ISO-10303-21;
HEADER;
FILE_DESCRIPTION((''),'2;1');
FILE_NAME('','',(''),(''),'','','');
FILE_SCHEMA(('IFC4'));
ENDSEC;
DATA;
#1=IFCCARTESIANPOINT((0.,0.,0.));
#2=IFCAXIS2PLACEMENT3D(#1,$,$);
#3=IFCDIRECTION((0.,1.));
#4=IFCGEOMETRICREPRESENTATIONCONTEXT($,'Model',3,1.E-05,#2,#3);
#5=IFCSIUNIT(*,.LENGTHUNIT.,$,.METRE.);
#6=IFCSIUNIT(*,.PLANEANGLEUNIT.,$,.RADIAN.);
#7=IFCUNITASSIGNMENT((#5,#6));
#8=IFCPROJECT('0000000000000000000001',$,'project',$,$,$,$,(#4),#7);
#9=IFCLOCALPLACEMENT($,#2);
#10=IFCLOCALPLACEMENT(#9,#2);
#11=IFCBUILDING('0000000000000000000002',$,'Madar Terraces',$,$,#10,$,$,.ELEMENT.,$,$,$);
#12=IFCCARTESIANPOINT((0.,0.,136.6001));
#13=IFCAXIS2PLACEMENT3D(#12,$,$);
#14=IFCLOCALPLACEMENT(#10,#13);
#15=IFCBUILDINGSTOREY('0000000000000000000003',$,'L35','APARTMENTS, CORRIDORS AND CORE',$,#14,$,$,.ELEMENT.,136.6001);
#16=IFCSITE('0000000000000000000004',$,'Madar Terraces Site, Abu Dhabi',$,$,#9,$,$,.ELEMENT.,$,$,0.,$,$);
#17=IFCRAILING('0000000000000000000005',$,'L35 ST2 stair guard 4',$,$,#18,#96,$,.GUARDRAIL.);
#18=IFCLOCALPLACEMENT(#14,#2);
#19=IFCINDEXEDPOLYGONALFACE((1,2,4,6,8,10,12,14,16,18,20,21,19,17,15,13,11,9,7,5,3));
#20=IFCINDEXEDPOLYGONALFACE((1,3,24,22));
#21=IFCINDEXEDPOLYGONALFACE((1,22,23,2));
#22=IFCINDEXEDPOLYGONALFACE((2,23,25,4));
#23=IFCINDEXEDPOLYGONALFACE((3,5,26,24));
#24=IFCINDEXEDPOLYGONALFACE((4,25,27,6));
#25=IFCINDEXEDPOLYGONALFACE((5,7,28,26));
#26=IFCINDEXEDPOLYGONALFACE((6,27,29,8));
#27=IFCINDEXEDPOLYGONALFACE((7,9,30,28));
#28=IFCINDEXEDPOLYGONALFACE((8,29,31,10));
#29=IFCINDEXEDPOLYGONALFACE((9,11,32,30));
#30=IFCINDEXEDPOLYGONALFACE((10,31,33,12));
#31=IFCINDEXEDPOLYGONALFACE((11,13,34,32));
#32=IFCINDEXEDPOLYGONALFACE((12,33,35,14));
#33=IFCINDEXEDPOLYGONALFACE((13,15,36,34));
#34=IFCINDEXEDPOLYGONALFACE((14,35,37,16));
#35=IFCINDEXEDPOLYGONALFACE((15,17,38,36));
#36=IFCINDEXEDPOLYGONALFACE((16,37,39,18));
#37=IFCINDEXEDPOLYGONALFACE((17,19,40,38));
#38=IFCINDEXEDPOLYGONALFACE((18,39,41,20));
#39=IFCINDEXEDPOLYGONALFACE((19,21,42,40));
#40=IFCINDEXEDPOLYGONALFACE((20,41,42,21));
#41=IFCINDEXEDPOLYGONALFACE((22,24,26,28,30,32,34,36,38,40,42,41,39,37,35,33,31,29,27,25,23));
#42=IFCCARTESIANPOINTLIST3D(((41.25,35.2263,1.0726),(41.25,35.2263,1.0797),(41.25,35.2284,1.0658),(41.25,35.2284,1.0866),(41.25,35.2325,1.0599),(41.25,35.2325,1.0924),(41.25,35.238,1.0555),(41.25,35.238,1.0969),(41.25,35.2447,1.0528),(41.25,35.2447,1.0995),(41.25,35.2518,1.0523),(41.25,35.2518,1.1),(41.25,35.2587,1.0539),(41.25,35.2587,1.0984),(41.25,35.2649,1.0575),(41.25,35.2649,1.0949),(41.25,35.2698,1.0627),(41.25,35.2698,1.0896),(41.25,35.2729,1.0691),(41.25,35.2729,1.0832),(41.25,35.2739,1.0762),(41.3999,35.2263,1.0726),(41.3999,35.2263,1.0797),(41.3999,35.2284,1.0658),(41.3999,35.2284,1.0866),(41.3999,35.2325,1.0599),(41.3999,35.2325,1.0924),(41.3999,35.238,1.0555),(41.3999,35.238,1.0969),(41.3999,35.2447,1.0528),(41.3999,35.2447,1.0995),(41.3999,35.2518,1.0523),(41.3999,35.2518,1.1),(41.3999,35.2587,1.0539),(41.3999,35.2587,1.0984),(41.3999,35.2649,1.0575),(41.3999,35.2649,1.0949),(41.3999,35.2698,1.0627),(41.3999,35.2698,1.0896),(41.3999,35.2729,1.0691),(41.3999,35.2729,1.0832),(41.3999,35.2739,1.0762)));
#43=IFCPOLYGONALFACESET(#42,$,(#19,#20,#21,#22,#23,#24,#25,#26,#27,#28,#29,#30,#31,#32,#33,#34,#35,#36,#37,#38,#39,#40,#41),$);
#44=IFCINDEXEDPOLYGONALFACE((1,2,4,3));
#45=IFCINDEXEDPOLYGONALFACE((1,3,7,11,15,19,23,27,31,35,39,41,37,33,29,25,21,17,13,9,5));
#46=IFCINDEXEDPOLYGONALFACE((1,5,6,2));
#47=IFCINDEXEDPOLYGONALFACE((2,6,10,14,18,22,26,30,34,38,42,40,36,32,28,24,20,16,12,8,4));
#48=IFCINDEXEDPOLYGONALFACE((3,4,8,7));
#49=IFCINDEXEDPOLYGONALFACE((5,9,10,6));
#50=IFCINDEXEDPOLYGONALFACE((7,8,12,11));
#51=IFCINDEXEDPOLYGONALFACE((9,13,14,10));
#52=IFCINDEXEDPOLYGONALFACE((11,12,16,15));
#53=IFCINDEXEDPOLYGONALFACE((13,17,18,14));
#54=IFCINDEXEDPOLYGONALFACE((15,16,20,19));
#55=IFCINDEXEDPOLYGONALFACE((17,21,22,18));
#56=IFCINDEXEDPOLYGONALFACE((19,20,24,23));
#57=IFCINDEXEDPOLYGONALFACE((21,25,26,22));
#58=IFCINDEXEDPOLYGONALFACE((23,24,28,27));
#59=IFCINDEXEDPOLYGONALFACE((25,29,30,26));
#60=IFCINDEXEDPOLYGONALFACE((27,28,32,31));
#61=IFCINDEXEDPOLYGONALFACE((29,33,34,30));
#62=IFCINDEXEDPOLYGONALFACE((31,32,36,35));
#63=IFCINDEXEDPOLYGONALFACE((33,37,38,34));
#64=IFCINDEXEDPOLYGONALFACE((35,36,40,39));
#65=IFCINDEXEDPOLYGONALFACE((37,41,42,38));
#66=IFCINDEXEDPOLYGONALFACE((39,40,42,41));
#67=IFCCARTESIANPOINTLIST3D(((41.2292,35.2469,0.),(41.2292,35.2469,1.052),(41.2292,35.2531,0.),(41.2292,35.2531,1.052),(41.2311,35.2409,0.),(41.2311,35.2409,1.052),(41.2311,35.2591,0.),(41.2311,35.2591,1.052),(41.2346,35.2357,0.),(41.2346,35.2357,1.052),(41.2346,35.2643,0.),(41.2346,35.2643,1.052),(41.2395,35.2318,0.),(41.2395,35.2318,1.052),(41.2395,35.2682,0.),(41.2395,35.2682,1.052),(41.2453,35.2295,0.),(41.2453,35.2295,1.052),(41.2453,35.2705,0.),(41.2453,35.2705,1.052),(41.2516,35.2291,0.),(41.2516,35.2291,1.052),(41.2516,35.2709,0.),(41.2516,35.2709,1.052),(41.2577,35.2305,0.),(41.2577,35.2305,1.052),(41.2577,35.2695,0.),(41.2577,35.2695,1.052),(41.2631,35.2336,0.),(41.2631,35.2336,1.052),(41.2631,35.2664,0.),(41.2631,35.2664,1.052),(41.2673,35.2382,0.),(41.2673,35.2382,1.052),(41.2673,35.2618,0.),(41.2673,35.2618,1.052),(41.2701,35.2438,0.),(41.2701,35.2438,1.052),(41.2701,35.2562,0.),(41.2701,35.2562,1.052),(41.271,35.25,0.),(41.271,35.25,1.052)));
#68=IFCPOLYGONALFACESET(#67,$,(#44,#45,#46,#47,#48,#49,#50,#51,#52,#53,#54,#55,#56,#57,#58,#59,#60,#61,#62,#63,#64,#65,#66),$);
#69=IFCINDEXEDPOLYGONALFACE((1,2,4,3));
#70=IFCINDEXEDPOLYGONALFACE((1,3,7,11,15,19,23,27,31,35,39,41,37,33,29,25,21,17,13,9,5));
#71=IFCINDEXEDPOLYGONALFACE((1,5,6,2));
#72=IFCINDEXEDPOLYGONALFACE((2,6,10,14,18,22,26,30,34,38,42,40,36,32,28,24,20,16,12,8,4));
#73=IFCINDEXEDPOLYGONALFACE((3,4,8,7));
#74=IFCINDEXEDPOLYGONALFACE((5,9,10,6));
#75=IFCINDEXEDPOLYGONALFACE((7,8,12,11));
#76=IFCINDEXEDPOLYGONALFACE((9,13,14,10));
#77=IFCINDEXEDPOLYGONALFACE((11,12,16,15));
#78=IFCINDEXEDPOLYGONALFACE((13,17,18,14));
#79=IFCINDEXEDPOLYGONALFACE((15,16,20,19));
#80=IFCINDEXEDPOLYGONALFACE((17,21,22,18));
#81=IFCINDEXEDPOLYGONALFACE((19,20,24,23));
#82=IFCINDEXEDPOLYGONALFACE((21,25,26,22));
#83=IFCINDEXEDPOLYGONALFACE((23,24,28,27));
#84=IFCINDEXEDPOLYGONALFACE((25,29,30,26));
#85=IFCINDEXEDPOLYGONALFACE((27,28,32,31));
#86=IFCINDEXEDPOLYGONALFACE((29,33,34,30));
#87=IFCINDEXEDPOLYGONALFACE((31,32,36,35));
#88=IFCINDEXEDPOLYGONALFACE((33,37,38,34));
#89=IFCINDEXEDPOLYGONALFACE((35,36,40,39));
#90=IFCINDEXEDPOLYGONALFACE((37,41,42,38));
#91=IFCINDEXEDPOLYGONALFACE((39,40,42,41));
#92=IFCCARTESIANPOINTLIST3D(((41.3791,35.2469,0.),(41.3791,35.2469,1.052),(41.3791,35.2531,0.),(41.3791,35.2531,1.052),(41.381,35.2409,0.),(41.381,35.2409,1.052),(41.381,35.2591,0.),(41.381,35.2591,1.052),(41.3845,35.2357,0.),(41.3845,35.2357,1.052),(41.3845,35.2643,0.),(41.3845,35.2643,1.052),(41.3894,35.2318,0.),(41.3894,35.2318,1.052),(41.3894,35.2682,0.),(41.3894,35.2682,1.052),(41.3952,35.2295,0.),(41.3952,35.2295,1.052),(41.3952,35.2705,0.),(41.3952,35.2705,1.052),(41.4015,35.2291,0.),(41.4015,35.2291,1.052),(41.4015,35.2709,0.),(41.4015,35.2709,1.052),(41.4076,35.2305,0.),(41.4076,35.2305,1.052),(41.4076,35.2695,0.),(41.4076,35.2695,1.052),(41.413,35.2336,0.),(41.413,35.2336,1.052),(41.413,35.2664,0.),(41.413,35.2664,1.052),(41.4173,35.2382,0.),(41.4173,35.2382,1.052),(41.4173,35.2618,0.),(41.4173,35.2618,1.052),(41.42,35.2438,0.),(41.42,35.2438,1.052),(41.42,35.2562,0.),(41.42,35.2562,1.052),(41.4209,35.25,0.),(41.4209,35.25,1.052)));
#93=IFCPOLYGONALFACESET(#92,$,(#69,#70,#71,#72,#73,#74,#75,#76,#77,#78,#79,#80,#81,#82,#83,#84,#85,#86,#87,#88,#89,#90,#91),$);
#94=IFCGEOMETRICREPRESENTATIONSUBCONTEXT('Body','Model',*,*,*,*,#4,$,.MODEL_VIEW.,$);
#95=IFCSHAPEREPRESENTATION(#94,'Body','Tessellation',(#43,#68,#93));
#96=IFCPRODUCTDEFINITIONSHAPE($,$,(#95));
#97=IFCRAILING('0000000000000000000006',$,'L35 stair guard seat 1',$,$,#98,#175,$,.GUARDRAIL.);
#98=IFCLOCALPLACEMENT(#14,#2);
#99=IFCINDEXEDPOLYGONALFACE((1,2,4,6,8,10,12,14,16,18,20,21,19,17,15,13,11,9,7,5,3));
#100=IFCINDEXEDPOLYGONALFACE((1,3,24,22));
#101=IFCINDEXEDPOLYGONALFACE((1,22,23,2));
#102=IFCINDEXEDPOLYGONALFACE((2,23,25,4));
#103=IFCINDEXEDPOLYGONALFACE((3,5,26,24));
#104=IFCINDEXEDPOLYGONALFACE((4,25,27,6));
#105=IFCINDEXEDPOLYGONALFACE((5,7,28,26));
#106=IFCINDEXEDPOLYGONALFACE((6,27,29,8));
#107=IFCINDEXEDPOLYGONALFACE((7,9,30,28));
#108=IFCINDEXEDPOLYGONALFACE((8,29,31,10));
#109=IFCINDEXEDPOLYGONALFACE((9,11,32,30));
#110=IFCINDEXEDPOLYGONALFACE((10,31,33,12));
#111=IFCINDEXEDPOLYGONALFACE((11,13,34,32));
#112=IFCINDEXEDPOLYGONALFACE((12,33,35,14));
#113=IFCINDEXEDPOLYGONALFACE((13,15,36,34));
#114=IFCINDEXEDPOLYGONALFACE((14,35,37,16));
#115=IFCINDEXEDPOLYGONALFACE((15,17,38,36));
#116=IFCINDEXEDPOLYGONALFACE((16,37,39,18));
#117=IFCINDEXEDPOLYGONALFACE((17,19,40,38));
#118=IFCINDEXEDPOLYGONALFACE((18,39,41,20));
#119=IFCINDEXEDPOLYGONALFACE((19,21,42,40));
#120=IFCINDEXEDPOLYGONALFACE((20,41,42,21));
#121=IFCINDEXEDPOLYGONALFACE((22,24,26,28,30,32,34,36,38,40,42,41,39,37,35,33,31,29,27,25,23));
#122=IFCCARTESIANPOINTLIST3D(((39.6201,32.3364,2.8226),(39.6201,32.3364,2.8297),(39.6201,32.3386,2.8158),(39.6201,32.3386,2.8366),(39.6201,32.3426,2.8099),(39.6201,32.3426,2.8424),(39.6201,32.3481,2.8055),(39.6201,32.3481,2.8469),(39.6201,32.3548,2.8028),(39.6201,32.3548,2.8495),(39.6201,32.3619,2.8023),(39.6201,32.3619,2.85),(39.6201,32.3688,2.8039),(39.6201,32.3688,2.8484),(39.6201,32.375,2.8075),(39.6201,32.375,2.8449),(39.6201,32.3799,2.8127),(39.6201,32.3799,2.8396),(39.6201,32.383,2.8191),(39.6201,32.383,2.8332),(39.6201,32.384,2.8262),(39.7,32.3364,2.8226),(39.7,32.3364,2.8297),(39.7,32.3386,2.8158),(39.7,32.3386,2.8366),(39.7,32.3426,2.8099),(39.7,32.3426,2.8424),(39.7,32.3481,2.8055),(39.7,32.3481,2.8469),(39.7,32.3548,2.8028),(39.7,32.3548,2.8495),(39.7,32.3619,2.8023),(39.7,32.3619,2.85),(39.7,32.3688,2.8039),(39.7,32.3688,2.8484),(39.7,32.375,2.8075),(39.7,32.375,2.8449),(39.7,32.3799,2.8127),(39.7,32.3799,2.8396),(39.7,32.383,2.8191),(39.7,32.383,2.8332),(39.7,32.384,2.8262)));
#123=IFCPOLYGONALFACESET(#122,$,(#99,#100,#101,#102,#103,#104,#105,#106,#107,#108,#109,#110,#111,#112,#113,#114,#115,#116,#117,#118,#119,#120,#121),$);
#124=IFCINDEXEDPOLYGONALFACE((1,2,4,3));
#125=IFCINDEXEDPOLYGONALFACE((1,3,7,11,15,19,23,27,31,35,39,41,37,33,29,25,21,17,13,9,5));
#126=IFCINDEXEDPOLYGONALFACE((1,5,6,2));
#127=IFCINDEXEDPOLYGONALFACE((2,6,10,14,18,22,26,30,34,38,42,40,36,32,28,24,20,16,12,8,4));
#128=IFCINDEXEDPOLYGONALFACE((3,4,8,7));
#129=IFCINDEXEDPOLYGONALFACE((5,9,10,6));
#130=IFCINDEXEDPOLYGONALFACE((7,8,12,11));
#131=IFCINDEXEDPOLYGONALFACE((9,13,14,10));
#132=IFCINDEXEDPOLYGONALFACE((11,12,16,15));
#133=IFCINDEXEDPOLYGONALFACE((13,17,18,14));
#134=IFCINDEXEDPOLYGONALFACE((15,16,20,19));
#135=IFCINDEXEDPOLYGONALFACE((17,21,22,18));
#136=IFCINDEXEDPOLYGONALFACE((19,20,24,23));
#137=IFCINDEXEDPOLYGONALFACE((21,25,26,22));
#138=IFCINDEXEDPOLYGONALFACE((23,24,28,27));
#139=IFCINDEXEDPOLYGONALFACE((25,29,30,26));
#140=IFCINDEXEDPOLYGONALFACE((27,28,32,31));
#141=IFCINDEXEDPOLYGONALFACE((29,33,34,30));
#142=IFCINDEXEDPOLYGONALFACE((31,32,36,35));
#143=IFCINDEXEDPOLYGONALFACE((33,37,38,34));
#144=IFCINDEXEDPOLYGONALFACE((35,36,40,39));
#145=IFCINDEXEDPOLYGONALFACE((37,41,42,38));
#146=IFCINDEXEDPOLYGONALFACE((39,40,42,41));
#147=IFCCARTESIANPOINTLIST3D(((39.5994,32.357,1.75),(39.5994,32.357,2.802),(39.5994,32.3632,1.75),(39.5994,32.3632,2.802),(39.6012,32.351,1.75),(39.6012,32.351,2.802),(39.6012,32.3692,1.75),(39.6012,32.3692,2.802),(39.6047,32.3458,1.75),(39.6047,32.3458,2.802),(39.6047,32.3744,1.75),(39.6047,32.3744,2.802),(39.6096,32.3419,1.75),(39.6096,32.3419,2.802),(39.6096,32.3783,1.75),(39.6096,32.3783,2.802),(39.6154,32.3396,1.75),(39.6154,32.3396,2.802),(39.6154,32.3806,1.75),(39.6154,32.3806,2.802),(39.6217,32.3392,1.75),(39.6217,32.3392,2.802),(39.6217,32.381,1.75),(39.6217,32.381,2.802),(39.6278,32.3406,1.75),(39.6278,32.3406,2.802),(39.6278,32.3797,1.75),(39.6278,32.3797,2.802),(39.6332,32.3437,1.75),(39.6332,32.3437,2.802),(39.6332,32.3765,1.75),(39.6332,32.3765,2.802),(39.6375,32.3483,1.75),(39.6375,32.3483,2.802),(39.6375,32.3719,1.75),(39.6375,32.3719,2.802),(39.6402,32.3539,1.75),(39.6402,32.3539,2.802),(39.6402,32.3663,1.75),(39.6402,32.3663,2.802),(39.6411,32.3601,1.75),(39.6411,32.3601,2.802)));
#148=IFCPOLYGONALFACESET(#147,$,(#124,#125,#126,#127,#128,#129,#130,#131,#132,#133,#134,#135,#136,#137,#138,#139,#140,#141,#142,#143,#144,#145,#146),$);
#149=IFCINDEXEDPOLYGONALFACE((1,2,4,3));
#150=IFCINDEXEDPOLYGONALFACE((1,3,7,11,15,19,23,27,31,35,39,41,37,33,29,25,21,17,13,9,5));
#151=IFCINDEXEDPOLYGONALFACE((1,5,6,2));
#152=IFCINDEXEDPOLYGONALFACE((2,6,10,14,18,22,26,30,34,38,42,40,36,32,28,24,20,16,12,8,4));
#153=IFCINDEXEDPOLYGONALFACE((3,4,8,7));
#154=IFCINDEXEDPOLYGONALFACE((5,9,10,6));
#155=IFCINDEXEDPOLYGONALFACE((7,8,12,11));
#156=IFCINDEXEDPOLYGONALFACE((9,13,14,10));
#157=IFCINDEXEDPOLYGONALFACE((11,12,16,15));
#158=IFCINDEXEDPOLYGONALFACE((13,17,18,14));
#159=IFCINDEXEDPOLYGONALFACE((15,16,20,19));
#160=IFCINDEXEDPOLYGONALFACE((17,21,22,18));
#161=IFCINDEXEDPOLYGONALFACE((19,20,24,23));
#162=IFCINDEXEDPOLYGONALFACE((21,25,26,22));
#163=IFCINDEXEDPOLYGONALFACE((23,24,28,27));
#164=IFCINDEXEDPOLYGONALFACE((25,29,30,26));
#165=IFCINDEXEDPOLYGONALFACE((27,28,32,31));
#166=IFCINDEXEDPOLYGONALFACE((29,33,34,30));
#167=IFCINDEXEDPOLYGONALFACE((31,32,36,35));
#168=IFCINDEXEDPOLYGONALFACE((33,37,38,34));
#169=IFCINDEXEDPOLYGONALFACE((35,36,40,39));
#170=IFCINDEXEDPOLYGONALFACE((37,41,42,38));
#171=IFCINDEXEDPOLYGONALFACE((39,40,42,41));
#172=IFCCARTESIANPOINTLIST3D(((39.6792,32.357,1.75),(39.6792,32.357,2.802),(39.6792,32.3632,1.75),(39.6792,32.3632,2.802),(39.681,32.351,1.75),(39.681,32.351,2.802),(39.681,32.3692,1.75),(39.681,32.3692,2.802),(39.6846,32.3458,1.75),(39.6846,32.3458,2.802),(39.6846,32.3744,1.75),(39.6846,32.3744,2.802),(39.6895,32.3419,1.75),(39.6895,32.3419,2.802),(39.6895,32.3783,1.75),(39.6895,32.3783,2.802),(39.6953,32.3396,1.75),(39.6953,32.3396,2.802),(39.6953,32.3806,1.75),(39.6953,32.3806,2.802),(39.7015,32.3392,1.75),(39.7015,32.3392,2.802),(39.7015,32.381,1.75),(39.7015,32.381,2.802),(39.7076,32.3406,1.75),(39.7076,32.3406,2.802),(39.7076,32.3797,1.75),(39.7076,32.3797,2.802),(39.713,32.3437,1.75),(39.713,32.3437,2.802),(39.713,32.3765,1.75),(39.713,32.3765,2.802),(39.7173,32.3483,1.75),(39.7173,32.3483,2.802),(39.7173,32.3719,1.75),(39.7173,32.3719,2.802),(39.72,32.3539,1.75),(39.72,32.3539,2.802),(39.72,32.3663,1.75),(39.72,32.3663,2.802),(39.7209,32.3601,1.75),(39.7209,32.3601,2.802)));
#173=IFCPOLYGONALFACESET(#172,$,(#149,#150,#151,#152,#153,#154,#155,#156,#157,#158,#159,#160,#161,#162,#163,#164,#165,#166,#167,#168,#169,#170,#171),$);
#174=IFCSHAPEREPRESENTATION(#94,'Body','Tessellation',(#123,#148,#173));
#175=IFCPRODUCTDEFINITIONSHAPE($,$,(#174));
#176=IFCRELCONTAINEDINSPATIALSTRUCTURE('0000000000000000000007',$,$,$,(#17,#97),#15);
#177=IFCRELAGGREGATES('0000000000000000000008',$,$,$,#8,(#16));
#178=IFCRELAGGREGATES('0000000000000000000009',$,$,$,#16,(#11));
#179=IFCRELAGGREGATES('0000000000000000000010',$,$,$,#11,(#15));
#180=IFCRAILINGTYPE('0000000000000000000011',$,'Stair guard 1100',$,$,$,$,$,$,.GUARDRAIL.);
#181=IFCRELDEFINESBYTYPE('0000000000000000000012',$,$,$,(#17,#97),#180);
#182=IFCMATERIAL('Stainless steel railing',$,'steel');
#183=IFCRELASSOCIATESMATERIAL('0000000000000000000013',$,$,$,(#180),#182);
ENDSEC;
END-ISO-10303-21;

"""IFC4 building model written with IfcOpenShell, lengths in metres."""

from ifc_helpers import new_model, si_unit, direction, frame, origin, origin_2d, place, context, subcontext, project, spatial, circle, extrude, material, type_object, element, save


model = new_model("IFC4")

# Units and contexts
model_context = context("Model", 3, precision=1e-05, world=origin(), true_north=direction((0.0, 1.0)))
body_context = subcontext(model_context, "Body", "Model", "MODEL_VIEW")
ifc_project = project(units=[si_unit("LENGTHUNIT", "METRE"), si_unit("PLANEANGLEUNIT", "RADIAN")], contexts=[model_context])

# Site, building, storey
site_placement = place(None, origin())
site = spatial("IfcSite", under=ifc_project, at=site_placement, Name="Madar Terraces Site, Abu Dhabi", CompositionType="ELEMENT", RefElevation=0.0)
building_placement = place(site_placement, origin())
building = spatial("IfcBuilding", under=site, at=building_placement, Name="Madar Terraces", CompositionType="ELEMENT")
storey_placement = place(building_placement, frame((0.0, 0.0, 136.6001)))
storey = spatial("IfcBuildingStorey", under=building, at=storey_placement, Name="L35", Description="APARTMENTS, CORRIDORS AND CORE", CompositionType="ELEMENT", Elevation=136.6001)

# Railings
ifc_material_1 = material(Name="Stainless steel railing", Category="steel")
railing_type_1 = type_object("IfcRailingType", Name="Stair guard 1100", PredefinedType="GUARDRAIL", material=ifc_material_1)
railing_1_placement = place(storey_placement, frame((41.25, 35.25, 0.0)))
element("IfcRailing", 1, at=railing_1_placement, inside=storey, type_object=railing_type_1, Name="L35 ST2 stair guard 4", PredefinedType="GUARDRAIL", context=body_context, shape_type="SweptSolid", body=[
    extrude(circle(Radius=0.0239, at=origin_2d()), frame((0.0, 0.0, 1.0762), z_axis=(1.0, 0.0, 0.0), x_axis=(0.0, 1.0, 0.0)), (0.0, 0.0, 1.0), 0.1499),
    extrude(circle(Radius=0.021, at=origin_2d()), origin(), (0.0, 0.0, 1.0), 1.052),
    extrude(circle(Radius=0.021, at=origin_2d()), frame((0.1499, 0.0, 0.0)), (0.0, 0.0, 1.0), 1.052),
])
railing_2_placement = place(storey_placement, frame((39.6201, 32.3601, 1.75)))
element("IfcRailing", 2, at=railing_2_placement, inside=storey, type_object=railing_type_1, Name="L35 stair guard seat 1", PredefinedType="GUARDRAIL", context=body_context, shape_type="SweptSolid", body=[
    extrude(circle(Radius=0.0239, at=origin_2d()), frame((0.0, 0.0, 1.0762), z_axis=(1.0, 0.0, 0.0), x_axis=(0.0, 1.0, 0.0)), (0.0, 0.0, 1.0), 0.0798),
    extrude(circle(Radius=0.021, at=origin_2d()), origin(), (0.0, 0.0, 1.0), 1.052),
    extrude(circle(Radius=0.021, at=origin_2d()), frame((0.0798, 0.0, 0.0)), (0.0, 0.0, 1.0), 1.052),
])

save(model, "model.ifc")
